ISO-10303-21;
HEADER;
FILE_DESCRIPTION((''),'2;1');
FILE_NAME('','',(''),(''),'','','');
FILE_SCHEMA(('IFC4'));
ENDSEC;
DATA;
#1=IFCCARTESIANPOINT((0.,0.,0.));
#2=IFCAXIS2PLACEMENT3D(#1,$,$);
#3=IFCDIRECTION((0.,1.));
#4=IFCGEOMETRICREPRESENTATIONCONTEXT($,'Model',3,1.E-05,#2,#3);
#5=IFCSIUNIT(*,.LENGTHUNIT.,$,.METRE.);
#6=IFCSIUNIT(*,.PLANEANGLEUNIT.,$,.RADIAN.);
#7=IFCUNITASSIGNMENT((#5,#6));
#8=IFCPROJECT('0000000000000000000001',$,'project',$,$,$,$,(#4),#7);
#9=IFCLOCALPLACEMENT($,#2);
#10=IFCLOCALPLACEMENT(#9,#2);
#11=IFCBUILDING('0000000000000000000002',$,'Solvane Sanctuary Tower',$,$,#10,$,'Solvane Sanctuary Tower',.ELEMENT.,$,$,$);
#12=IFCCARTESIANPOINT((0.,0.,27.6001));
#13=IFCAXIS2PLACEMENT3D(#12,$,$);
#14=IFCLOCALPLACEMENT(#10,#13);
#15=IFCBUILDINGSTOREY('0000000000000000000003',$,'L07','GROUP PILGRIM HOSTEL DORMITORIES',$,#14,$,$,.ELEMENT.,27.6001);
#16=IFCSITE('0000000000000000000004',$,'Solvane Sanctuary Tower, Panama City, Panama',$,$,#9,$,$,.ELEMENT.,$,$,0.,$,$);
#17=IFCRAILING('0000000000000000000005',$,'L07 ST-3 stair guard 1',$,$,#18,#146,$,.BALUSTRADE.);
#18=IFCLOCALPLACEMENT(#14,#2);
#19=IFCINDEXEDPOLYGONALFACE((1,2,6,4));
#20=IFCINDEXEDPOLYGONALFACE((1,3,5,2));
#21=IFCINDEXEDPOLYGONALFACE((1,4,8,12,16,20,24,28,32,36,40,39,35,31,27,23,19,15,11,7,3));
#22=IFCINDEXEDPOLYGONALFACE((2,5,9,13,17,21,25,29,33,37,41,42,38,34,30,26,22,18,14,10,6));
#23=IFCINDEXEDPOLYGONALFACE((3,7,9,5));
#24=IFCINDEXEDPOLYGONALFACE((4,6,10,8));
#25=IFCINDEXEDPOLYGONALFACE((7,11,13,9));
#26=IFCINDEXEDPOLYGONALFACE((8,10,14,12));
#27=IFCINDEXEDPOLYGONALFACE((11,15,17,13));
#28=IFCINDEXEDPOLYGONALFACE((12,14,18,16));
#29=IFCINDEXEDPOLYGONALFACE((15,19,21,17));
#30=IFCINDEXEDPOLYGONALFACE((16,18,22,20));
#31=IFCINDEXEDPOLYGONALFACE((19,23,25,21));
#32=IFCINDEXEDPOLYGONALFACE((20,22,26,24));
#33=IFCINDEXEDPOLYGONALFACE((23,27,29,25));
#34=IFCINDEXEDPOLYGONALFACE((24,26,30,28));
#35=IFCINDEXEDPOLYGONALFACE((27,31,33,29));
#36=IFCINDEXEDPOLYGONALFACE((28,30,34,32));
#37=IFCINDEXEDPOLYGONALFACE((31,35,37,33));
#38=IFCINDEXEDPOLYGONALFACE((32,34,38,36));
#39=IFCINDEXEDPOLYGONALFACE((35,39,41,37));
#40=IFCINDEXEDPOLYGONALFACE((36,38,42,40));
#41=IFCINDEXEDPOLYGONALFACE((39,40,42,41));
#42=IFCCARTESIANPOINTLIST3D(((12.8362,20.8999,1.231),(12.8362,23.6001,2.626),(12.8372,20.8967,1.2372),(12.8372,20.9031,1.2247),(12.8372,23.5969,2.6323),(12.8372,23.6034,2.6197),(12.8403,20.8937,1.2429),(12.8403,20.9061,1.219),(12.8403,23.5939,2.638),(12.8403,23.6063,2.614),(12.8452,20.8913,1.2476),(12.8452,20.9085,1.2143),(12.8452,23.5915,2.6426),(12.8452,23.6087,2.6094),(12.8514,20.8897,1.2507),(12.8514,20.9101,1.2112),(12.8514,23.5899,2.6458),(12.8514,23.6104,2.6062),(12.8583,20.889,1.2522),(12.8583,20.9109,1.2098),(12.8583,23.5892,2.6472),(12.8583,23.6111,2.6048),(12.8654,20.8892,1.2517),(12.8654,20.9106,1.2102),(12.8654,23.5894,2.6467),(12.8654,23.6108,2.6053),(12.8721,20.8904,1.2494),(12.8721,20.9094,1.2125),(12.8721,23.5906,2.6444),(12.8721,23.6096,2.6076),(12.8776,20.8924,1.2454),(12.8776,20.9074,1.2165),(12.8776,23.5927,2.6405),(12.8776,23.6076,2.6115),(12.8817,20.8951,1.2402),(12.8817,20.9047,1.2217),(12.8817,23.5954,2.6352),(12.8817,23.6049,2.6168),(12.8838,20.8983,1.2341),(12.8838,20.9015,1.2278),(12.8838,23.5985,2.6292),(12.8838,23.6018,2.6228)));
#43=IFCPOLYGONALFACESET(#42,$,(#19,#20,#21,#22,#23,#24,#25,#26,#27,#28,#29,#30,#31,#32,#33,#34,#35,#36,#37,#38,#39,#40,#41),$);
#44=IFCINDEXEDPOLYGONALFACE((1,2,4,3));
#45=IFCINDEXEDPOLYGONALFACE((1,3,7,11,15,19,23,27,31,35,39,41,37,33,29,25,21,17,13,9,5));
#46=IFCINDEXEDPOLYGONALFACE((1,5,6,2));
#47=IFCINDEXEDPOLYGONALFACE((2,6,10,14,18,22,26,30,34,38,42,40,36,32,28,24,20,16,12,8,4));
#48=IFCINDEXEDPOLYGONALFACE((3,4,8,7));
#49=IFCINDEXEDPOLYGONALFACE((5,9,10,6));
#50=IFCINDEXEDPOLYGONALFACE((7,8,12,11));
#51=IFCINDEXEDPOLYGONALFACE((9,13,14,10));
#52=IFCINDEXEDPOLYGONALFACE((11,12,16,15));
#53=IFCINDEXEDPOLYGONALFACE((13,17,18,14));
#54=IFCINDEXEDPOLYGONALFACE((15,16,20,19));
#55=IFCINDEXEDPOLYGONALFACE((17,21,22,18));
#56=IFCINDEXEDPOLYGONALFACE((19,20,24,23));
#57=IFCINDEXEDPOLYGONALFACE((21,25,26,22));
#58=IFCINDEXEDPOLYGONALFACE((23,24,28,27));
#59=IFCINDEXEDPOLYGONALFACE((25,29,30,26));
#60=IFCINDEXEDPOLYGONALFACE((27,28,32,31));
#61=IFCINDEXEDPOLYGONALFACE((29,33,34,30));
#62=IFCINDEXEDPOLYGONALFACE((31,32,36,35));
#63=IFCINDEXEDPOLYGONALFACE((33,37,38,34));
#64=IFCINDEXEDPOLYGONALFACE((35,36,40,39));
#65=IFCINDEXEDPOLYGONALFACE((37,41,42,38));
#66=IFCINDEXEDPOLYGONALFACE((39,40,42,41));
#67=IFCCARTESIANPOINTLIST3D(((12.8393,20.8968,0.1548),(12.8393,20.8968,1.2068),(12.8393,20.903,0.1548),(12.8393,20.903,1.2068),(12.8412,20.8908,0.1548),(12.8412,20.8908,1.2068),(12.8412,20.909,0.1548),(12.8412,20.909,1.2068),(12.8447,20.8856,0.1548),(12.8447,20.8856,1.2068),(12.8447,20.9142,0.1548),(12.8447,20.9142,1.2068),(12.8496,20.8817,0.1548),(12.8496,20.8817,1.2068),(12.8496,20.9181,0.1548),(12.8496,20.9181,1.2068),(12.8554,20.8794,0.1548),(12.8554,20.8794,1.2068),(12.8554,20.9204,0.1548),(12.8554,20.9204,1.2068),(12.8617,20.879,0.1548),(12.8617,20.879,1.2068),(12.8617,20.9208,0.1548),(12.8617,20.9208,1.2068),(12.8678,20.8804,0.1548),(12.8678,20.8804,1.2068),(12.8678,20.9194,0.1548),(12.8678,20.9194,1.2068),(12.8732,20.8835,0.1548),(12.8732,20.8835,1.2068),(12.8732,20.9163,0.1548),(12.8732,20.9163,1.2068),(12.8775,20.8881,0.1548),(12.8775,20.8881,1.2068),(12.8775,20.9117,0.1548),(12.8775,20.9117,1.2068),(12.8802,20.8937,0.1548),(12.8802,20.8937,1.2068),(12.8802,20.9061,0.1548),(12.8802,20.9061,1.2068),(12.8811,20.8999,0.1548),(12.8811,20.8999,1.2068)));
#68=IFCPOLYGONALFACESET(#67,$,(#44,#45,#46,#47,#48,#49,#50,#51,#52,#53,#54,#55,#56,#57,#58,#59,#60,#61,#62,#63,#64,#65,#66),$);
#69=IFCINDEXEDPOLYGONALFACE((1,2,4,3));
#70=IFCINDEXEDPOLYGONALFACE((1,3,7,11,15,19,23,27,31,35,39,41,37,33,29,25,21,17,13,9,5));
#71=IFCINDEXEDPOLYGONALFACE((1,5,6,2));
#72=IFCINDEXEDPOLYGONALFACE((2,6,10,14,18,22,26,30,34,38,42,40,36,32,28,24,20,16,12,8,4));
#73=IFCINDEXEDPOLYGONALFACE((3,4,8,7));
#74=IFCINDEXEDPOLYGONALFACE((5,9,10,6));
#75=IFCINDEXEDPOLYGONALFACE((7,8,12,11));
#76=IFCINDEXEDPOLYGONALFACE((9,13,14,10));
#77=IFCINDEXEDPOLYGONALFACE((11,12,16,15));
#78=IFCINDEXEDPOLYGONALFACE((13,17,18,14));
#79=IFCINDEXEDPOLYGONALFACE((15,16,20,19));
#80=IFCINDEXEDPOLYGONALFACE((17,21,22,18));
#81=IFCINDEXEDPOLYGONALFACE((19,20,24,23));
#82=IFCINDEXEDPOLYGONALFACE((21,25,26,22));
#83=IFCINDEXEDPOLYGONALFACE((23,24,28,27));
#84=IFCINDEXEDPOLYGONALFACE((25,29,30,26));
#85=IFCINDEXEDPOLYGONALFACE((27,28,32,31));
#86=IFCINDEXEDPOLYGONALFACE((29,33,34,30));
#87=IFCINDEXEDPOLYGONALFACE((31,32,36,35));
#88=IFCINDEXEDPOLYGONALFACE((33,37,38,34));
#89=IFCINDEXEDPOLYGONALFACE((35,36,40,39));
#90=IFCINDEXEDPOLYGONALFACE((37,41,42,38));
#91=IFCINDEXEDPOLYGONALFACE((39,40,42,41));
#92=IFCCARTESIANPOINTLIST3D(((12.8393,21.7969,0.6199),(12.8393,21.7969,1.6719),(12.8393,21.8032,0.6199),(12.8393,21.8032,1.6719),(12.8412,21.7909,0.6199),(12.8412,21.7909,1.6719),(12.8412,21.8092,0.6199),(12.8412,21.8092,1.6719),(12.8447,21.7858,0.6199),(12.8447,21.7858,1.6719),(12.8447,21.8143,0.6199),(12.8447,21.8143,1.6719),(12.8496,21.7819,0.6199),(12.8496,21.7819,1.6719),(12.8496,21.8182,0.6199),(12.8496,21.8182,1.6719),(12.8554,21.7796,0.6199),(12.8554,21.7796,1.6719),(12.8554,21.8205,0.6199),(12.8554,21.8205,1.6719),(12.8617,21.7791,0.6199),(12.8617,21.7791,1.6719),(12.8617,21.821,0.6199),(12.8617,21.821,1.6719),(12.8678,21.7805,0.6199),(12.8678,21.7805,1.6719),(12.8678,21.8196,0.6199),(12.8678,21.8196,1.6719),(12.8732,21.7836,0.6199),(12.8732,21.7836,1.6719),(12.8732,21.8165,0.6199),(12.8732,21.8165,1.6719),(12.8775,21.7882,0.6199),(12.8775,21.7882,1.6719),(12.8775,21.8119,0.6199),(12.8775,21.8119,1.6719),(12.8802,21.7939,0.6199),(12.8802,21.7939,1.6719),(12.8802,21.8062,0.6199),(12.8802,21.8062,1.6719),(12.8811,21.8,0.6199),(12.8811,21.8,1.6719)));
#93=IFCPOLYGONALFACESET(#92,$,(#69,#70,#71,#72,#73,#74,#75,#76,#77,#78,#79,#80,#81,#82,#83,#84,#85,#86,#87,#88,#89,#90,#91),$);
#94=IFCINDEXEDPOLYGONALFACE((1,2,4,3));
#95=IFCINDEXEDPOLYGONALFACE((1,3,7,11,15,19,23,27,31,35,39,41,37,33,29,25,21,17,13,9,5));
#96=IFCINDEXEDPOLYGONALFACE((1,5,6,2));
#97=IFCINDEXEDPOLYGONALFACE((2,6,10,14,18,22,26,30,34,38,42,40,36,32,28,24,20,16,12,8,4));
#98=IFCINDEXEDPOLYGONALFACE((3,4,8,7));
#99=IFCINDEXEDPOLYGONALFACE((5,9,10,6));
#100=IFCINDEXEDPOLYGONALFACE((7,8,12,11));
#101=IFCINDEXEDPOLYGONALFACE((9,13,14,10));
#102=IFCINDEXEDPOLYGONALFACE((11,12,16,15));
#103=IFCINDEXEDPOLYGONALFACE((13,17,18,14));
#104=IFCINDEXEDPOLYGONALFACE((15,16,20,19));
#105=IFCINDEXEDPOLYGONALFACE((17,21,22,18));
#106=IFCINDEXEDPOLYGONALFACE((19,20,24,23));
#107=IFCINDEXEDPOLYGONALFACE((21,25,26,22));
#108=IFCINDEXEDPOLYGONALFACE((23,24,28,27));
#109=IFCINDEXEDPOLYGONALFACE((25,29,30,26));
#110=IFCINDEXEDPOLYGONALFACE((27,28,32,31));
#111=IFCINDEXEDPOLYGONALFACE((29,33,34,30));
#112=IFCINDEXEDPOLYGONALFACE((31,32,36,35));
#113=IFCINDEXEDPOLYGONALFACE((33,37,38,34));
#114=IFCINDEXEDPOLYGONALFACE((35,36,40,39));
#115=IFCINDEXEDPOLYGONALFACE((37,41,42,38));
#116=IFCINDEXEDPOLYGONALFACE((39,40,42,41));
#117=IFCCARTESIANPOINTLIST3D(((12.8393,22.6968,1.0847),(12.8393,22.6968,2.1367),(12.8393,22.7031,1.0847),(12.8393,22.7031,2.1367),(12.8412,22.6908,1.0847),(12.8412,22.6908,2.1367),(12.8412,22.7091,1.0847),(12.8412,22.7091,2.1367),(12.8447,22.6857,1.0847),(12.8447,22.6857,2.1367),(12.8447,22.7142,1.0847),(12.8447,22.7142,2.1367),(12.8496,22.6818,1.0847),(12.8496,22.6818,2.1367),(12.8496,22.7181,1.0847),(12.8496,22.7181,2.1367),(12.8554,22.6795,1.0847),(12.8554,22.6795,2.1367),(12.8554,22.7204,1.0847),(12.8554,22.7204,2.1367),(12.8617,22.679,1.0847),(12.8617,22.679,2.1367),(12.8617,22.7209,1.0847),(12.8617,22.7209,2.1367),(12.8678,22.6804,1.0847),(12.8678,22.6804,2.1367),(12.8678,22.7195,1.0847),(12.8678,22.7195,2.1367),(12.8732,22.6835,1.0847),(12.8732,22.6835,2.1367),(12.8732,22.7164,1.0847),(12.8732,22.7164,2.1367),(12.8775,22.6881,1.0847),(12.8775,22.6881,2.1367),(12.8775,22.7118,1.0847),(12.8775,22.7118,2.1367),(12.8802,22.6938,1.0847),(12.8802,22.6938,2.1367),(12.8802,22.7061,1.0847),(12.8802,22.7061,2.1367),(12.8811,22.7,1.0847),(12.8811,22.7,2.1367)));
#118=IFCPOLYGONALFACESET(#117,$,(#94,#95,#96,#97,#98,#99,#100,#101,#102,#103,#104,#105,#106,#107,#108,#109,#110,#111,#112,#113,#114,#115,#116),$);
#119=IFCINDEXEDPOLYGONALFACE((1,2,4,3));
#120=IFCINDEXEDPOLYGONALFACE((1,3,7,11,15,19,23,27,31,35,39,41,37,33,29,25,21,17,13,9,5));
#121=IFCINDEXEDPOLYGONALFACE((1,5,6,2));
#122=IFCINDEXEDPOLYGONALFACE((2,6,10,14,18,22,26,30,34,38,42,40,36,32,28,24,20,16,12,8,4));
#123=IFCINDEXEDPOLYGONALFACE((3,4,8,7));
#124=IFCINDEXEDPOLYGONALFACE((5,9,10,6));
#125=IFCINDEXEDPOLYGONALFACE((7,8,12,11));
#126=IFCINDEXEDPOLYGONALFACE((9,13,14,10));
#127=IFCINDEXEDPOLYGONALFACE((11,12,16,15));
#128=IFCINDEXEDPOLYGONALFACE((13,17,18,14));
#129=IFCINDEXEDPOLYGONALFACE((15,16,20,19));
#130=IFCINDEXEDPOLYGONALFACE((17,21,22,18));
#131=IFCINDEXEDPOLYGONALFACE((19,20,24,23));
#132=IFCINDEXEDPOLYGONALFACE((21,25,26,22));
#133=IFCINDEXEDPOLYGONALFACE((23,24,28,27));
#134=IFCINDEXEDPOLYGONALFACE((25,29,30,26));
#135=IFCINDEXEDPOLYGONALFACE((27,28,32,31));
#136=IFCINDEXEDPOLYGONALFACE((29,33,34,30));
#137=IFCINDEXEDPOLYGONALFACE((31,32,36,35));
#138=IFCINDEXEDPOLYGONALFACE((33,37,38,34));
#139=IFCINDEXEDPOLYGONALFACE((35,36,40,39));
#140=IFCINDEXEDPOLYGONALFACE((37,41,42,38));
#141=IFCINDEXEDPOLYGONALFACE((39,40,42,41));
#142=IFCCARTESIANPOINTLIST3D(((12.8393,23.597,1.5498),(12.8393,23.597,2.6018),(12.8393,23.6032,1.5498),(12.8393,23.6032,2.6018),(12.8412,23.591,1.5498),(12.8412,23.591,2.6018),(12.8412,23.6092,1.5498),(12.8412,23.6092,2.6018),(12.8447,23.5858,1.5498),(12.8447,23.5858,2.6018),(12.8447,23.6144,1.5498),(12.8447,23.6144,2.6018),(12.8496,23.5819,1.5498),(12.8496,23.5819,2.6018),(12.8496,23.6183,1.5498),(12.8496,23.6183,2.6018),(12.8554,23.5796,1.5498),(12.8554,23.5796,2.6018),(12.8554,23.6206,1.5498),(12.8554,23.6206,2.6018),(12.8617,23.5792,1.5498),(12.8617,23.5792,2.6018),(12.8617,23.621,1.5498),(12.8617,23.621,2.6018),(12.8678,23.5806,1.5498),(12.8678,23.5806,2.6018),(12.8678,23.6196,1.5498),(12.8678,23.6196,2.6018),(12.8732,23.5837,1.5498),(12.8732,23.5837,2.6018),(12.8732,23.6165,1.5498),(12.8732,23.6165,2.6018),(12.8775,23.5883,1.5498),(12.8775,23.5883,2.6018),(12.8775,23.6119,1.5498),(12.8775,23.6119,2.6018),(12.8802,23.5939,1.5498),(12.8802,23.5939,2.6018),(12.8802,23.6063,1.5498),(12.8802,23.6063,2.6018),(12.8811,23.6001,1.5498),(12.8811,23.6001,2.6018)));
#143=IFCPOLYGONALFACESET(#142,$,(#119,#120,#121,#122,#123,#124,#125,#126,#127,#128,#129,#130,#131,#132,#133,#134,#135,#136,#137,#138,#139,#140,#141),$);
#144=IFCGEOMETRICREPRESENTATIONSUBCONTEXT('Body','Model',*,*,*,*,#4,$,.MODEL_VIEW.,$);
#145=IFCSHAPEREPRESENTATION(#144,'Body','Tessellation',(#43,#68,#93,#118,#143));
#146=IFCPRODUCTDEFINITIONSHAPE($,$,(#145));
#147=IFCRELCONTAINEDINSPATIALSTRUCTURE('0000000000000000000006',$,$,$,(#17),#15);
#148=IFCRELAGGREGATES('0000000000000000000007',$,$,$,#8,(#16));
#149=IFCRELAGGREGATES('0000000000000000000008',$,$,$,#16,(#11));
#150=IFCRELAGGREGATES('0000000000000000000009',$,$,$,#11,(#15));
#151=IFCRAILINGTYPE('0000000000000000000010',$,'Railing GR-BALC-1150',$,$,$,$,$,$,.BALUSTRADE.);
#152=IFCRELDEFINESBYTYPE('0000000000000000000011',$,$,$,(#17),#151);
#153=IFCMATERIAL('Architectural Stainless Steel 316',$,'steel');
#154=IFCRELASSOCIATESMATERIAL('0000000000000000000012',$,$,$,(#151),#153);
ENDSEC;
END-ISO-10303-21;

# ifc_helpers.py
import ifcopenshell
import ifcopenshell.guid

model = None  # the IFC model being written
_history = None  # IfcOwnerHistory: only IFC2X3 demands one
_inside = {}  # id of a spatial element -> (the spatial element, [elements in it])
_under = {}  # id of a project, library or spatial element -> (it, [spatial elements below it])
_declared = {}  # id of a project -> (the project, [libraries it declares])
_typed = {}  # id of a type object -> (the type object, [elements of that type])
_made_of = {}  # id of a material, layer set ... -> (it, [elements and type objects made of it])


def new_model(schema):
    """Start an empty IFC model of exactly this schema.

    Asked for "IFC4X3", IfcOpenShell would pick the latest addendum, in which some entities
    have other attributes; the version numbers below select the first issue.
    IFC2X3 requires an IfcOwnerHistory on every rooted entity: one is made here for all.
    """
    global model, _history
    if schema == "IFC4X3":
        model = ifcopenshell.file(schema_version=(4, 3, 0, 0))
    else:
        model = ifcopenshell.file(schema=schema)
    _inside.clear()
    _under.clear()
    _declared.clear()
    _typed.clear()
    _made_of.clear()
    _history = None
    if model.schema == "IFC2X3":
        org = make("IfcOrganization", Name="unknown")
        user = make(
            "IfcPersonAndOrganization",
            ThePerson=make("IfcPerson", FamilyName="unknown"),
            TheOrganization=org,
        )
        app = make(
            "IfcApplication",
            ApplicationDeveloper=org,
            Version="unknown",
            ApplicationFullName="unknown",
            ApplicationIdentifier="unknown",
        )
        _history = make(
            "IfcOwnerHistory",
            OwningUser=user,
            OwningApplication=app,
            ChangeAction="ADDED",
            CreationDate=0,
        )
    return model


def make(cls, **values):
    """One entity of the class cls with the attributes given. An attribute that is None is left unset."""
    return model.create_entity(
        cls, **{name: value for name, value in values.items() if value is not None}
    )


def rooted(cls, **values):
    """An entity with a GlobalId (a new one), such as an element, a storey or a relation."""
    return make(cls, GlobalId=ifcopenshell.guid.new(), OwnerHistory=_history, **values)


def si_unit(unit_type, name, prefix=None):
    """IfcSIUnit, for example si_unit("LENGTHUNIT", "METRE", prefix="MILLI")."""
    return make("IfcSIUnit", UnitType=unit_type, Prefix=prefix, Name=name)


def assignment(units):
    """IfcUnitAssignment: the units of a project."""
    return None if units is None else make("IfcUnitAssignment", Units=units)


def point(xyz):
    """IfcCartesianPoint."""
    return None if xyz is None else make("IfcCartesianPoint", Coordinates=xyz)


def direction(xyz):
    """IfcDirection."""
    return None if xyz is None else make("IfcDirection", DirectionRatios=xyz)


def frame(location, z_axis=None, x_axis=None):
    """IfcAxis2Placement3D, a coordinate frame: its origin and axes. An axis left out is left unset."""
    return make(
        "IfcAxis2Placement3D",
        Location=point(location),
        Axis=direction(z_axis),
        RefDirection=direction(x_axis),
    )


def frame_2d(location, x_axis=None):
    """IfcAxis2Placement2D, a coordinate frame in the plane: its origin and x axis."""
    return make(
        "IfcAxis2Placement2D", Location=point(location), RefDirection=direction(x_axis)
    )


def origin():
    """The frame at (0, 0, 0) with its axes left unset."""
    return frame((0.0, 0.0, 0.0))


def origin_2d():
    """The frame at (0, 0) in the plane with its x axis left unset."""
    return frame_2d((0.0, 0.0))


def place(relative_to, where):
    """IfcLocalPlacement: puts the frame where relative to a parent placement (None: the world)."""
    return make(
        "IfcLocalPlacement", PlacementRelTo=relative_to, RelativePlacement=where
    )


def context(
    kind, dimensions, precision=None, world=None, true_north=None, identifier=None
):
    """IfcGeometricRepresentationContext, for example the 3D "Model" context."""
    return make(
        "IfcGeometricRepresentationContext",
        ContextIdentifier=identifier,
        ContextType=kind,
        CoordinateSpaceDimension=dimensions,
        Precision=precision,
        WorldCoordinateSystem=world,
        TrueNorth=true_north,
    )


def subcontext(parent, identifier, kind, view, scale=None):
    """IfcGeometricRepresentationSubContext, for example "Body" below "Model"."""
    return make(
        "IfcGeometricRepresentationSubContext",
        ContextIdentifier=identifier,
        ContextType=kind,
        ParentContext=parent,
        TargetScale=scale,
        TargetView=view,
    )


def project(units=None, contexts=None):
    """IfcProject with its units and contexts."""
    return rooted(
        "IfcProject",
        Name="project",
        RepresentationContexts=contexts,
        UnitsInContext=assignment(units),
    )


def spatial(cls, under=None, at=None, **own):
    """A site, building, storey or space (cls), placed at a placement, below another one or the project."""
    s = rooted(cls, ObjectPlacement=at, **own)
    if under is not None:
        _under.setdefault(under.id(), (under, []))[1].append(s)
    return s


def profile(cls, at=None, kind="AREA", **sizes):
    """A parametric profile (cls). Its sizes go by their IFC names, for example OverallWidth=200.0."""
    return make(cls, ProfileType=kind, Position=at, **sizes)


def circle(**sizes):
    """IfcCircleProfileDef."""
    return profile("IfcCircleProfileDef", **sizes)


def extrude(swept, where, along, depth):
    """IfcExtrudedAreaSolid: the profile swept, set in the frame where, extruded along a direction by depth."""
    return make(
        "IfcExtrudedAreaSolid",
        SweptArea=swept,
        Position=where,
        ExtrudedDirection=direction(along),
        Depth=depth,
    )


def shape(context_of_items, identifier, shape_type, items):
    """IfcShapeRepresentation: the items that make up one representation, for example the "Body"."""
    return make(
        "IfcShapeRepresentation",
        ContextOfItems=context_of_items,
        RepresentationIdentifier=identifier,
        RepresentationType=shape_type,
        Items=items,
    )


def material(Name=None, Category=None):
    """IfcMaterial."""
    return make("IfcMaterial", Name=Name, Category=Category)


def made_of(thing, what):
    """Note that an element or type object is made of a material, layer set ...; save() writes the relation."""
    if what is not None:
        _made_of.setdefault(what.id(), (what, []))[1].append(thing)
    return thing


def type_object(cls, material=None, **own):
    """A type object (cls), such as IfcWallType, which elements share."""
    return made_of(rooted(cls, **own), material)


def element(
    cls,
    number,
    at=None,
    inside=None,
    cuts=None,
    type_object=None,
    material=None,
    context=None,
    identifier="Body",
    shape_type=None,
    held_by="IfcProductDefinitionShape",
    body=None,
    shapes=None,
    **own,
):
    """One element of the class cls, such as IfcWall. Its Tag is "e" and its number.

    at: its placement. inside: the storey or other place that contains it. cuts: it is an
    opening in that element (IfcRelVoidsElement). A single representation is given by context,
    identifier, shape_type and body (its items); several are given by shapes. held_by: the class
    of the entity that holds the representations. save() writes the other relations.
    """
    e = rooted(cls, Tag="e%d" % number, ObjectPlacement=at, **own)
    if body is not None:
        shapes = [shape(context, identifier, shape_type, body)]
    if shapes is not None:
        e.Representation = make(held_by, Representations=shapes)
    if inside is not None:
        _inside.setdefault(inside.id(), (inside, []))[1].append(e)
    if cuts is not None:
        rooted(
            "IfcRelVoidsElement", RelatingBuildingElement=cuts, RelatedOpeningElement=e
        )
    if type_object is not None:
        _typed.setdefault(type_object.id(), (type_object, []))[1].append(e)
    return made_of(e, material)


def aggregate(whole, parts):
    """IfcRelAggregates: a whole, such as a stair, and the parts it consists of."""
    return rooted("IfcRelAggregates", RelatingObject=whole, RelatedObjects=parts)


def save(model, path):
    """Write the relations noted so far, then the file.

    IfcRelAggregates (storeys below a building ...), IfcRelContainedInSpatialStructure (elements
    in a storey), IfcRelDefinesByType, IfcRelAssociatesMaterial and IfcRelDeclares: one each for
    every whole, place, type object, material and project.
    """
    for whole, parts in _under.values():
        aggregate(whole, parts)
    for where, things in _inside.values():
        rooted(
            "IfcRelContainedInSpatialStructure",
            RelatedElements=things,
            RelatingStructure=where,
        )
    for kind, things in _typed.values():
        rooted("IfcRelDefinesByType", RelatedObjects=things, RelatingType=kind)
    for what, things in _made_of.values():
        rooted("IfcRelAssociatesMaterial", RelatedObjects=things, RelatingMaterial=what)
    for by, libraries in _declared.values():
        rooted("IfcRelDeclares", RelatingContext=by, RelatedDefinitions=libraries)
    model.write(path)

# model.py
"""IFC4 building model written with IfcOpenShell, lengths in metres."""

from ifc_helpers import new_model, si_unit, direction, frame, origin, origin_2d, place, context, subcontext, project, spatial, circle, extrude, material, type_object, element, save


model = new_model("IFC4")

# Units and contexts
model_context = context("Model", 3, precision=1e-05, world=origin(), true_north=direction((0.0, 1.0)))
body_context = subcontext(model_context, "Body", "Model", "MODEL_VIEW")
ifc_project = project(units=[si_unit("LENGTHUNIT", "METRE"), si_unit("PLANEANGLEUNIT", "RADIAN")], contexts=[model_context])

# Site, building, storey
site_placement = place(None, origin())
site = spatial("IfcSite", under=ifc_project, at=site_placement, Name="Solvane Sanctuary Tower, Panama City, Panama", CompositionType="ELEMENT", RefElevation=0.0)
building_placement = place(site_placement, origin())
building = spatial("IfcBuilding", under=site, at=building_placement, Name="Solvane Sanctuary Tower", LongName="Solvane Sanctuary Tower", CompositionType="ELEMENT")
storey_placement = place(building_placement, frame((0.0, 0.0, 27.6001)))
storey = spatial("IfcBuildingStorey", under=building, at=storey_placement, Name="L07", Description="GROUP PILGRIM HOSTEL DORMITORIES", CompositionType="ELEMENT", Elevation=27.6001)

# Railing
ifc_material_1 = material(Name="Architectural Stainless Steel 316", Category="steel")
railing_type_1 = type_object("IfcRailingType", Name="Railing GR-BALC-1150", PredefinedType="BALUSTRADE", material=ifc_material_1)
railing_1_placement = place(storey_placement, frame((12.8601, 20.8999, 0.1548)))
element("IfcRailing", 1, at=railing_1_placement, inside=storey, type_object=railing_type_1, Name="L07 ST-3 stair guard 1", PredefinedType="BALUSTRADE", context=body_context, shape_type="SweptSolid", body=[
    extrude(circle(Radius=0.0239, at=origin_2d()), frame((0.0, 0.0, 1.0762), z_axis=(0.0, 0.888437, 0.458999), x_axis=(-1.0, 0.0, 0.0)), (0.0, 0.0, 1.0), 3.0393),
    extrude(circle(Radius=0.021, at=origin_2d()), origin(), (0.0, 0.0, 1.0), 1.052),
    extrude(circle(Radius=0.021, at=origin_2d()), frame((0.0, 0.9001, 0.4651)), (0.0, 0.0, 1.0), 1.052),
    extrude(circle(Radius=0.021, at=origin_2d()), frame((0.0, 1.8, 0.9299)), (0.0, 0.0, 1.0), 1.052),
    extrude(circle(Radius=0.021, at=origin_2d()), frame((0.0, 2.7002, 1.395)), (0.0, 0.0, 1.0), 1.052),
])

save(model, "model.ifc")
